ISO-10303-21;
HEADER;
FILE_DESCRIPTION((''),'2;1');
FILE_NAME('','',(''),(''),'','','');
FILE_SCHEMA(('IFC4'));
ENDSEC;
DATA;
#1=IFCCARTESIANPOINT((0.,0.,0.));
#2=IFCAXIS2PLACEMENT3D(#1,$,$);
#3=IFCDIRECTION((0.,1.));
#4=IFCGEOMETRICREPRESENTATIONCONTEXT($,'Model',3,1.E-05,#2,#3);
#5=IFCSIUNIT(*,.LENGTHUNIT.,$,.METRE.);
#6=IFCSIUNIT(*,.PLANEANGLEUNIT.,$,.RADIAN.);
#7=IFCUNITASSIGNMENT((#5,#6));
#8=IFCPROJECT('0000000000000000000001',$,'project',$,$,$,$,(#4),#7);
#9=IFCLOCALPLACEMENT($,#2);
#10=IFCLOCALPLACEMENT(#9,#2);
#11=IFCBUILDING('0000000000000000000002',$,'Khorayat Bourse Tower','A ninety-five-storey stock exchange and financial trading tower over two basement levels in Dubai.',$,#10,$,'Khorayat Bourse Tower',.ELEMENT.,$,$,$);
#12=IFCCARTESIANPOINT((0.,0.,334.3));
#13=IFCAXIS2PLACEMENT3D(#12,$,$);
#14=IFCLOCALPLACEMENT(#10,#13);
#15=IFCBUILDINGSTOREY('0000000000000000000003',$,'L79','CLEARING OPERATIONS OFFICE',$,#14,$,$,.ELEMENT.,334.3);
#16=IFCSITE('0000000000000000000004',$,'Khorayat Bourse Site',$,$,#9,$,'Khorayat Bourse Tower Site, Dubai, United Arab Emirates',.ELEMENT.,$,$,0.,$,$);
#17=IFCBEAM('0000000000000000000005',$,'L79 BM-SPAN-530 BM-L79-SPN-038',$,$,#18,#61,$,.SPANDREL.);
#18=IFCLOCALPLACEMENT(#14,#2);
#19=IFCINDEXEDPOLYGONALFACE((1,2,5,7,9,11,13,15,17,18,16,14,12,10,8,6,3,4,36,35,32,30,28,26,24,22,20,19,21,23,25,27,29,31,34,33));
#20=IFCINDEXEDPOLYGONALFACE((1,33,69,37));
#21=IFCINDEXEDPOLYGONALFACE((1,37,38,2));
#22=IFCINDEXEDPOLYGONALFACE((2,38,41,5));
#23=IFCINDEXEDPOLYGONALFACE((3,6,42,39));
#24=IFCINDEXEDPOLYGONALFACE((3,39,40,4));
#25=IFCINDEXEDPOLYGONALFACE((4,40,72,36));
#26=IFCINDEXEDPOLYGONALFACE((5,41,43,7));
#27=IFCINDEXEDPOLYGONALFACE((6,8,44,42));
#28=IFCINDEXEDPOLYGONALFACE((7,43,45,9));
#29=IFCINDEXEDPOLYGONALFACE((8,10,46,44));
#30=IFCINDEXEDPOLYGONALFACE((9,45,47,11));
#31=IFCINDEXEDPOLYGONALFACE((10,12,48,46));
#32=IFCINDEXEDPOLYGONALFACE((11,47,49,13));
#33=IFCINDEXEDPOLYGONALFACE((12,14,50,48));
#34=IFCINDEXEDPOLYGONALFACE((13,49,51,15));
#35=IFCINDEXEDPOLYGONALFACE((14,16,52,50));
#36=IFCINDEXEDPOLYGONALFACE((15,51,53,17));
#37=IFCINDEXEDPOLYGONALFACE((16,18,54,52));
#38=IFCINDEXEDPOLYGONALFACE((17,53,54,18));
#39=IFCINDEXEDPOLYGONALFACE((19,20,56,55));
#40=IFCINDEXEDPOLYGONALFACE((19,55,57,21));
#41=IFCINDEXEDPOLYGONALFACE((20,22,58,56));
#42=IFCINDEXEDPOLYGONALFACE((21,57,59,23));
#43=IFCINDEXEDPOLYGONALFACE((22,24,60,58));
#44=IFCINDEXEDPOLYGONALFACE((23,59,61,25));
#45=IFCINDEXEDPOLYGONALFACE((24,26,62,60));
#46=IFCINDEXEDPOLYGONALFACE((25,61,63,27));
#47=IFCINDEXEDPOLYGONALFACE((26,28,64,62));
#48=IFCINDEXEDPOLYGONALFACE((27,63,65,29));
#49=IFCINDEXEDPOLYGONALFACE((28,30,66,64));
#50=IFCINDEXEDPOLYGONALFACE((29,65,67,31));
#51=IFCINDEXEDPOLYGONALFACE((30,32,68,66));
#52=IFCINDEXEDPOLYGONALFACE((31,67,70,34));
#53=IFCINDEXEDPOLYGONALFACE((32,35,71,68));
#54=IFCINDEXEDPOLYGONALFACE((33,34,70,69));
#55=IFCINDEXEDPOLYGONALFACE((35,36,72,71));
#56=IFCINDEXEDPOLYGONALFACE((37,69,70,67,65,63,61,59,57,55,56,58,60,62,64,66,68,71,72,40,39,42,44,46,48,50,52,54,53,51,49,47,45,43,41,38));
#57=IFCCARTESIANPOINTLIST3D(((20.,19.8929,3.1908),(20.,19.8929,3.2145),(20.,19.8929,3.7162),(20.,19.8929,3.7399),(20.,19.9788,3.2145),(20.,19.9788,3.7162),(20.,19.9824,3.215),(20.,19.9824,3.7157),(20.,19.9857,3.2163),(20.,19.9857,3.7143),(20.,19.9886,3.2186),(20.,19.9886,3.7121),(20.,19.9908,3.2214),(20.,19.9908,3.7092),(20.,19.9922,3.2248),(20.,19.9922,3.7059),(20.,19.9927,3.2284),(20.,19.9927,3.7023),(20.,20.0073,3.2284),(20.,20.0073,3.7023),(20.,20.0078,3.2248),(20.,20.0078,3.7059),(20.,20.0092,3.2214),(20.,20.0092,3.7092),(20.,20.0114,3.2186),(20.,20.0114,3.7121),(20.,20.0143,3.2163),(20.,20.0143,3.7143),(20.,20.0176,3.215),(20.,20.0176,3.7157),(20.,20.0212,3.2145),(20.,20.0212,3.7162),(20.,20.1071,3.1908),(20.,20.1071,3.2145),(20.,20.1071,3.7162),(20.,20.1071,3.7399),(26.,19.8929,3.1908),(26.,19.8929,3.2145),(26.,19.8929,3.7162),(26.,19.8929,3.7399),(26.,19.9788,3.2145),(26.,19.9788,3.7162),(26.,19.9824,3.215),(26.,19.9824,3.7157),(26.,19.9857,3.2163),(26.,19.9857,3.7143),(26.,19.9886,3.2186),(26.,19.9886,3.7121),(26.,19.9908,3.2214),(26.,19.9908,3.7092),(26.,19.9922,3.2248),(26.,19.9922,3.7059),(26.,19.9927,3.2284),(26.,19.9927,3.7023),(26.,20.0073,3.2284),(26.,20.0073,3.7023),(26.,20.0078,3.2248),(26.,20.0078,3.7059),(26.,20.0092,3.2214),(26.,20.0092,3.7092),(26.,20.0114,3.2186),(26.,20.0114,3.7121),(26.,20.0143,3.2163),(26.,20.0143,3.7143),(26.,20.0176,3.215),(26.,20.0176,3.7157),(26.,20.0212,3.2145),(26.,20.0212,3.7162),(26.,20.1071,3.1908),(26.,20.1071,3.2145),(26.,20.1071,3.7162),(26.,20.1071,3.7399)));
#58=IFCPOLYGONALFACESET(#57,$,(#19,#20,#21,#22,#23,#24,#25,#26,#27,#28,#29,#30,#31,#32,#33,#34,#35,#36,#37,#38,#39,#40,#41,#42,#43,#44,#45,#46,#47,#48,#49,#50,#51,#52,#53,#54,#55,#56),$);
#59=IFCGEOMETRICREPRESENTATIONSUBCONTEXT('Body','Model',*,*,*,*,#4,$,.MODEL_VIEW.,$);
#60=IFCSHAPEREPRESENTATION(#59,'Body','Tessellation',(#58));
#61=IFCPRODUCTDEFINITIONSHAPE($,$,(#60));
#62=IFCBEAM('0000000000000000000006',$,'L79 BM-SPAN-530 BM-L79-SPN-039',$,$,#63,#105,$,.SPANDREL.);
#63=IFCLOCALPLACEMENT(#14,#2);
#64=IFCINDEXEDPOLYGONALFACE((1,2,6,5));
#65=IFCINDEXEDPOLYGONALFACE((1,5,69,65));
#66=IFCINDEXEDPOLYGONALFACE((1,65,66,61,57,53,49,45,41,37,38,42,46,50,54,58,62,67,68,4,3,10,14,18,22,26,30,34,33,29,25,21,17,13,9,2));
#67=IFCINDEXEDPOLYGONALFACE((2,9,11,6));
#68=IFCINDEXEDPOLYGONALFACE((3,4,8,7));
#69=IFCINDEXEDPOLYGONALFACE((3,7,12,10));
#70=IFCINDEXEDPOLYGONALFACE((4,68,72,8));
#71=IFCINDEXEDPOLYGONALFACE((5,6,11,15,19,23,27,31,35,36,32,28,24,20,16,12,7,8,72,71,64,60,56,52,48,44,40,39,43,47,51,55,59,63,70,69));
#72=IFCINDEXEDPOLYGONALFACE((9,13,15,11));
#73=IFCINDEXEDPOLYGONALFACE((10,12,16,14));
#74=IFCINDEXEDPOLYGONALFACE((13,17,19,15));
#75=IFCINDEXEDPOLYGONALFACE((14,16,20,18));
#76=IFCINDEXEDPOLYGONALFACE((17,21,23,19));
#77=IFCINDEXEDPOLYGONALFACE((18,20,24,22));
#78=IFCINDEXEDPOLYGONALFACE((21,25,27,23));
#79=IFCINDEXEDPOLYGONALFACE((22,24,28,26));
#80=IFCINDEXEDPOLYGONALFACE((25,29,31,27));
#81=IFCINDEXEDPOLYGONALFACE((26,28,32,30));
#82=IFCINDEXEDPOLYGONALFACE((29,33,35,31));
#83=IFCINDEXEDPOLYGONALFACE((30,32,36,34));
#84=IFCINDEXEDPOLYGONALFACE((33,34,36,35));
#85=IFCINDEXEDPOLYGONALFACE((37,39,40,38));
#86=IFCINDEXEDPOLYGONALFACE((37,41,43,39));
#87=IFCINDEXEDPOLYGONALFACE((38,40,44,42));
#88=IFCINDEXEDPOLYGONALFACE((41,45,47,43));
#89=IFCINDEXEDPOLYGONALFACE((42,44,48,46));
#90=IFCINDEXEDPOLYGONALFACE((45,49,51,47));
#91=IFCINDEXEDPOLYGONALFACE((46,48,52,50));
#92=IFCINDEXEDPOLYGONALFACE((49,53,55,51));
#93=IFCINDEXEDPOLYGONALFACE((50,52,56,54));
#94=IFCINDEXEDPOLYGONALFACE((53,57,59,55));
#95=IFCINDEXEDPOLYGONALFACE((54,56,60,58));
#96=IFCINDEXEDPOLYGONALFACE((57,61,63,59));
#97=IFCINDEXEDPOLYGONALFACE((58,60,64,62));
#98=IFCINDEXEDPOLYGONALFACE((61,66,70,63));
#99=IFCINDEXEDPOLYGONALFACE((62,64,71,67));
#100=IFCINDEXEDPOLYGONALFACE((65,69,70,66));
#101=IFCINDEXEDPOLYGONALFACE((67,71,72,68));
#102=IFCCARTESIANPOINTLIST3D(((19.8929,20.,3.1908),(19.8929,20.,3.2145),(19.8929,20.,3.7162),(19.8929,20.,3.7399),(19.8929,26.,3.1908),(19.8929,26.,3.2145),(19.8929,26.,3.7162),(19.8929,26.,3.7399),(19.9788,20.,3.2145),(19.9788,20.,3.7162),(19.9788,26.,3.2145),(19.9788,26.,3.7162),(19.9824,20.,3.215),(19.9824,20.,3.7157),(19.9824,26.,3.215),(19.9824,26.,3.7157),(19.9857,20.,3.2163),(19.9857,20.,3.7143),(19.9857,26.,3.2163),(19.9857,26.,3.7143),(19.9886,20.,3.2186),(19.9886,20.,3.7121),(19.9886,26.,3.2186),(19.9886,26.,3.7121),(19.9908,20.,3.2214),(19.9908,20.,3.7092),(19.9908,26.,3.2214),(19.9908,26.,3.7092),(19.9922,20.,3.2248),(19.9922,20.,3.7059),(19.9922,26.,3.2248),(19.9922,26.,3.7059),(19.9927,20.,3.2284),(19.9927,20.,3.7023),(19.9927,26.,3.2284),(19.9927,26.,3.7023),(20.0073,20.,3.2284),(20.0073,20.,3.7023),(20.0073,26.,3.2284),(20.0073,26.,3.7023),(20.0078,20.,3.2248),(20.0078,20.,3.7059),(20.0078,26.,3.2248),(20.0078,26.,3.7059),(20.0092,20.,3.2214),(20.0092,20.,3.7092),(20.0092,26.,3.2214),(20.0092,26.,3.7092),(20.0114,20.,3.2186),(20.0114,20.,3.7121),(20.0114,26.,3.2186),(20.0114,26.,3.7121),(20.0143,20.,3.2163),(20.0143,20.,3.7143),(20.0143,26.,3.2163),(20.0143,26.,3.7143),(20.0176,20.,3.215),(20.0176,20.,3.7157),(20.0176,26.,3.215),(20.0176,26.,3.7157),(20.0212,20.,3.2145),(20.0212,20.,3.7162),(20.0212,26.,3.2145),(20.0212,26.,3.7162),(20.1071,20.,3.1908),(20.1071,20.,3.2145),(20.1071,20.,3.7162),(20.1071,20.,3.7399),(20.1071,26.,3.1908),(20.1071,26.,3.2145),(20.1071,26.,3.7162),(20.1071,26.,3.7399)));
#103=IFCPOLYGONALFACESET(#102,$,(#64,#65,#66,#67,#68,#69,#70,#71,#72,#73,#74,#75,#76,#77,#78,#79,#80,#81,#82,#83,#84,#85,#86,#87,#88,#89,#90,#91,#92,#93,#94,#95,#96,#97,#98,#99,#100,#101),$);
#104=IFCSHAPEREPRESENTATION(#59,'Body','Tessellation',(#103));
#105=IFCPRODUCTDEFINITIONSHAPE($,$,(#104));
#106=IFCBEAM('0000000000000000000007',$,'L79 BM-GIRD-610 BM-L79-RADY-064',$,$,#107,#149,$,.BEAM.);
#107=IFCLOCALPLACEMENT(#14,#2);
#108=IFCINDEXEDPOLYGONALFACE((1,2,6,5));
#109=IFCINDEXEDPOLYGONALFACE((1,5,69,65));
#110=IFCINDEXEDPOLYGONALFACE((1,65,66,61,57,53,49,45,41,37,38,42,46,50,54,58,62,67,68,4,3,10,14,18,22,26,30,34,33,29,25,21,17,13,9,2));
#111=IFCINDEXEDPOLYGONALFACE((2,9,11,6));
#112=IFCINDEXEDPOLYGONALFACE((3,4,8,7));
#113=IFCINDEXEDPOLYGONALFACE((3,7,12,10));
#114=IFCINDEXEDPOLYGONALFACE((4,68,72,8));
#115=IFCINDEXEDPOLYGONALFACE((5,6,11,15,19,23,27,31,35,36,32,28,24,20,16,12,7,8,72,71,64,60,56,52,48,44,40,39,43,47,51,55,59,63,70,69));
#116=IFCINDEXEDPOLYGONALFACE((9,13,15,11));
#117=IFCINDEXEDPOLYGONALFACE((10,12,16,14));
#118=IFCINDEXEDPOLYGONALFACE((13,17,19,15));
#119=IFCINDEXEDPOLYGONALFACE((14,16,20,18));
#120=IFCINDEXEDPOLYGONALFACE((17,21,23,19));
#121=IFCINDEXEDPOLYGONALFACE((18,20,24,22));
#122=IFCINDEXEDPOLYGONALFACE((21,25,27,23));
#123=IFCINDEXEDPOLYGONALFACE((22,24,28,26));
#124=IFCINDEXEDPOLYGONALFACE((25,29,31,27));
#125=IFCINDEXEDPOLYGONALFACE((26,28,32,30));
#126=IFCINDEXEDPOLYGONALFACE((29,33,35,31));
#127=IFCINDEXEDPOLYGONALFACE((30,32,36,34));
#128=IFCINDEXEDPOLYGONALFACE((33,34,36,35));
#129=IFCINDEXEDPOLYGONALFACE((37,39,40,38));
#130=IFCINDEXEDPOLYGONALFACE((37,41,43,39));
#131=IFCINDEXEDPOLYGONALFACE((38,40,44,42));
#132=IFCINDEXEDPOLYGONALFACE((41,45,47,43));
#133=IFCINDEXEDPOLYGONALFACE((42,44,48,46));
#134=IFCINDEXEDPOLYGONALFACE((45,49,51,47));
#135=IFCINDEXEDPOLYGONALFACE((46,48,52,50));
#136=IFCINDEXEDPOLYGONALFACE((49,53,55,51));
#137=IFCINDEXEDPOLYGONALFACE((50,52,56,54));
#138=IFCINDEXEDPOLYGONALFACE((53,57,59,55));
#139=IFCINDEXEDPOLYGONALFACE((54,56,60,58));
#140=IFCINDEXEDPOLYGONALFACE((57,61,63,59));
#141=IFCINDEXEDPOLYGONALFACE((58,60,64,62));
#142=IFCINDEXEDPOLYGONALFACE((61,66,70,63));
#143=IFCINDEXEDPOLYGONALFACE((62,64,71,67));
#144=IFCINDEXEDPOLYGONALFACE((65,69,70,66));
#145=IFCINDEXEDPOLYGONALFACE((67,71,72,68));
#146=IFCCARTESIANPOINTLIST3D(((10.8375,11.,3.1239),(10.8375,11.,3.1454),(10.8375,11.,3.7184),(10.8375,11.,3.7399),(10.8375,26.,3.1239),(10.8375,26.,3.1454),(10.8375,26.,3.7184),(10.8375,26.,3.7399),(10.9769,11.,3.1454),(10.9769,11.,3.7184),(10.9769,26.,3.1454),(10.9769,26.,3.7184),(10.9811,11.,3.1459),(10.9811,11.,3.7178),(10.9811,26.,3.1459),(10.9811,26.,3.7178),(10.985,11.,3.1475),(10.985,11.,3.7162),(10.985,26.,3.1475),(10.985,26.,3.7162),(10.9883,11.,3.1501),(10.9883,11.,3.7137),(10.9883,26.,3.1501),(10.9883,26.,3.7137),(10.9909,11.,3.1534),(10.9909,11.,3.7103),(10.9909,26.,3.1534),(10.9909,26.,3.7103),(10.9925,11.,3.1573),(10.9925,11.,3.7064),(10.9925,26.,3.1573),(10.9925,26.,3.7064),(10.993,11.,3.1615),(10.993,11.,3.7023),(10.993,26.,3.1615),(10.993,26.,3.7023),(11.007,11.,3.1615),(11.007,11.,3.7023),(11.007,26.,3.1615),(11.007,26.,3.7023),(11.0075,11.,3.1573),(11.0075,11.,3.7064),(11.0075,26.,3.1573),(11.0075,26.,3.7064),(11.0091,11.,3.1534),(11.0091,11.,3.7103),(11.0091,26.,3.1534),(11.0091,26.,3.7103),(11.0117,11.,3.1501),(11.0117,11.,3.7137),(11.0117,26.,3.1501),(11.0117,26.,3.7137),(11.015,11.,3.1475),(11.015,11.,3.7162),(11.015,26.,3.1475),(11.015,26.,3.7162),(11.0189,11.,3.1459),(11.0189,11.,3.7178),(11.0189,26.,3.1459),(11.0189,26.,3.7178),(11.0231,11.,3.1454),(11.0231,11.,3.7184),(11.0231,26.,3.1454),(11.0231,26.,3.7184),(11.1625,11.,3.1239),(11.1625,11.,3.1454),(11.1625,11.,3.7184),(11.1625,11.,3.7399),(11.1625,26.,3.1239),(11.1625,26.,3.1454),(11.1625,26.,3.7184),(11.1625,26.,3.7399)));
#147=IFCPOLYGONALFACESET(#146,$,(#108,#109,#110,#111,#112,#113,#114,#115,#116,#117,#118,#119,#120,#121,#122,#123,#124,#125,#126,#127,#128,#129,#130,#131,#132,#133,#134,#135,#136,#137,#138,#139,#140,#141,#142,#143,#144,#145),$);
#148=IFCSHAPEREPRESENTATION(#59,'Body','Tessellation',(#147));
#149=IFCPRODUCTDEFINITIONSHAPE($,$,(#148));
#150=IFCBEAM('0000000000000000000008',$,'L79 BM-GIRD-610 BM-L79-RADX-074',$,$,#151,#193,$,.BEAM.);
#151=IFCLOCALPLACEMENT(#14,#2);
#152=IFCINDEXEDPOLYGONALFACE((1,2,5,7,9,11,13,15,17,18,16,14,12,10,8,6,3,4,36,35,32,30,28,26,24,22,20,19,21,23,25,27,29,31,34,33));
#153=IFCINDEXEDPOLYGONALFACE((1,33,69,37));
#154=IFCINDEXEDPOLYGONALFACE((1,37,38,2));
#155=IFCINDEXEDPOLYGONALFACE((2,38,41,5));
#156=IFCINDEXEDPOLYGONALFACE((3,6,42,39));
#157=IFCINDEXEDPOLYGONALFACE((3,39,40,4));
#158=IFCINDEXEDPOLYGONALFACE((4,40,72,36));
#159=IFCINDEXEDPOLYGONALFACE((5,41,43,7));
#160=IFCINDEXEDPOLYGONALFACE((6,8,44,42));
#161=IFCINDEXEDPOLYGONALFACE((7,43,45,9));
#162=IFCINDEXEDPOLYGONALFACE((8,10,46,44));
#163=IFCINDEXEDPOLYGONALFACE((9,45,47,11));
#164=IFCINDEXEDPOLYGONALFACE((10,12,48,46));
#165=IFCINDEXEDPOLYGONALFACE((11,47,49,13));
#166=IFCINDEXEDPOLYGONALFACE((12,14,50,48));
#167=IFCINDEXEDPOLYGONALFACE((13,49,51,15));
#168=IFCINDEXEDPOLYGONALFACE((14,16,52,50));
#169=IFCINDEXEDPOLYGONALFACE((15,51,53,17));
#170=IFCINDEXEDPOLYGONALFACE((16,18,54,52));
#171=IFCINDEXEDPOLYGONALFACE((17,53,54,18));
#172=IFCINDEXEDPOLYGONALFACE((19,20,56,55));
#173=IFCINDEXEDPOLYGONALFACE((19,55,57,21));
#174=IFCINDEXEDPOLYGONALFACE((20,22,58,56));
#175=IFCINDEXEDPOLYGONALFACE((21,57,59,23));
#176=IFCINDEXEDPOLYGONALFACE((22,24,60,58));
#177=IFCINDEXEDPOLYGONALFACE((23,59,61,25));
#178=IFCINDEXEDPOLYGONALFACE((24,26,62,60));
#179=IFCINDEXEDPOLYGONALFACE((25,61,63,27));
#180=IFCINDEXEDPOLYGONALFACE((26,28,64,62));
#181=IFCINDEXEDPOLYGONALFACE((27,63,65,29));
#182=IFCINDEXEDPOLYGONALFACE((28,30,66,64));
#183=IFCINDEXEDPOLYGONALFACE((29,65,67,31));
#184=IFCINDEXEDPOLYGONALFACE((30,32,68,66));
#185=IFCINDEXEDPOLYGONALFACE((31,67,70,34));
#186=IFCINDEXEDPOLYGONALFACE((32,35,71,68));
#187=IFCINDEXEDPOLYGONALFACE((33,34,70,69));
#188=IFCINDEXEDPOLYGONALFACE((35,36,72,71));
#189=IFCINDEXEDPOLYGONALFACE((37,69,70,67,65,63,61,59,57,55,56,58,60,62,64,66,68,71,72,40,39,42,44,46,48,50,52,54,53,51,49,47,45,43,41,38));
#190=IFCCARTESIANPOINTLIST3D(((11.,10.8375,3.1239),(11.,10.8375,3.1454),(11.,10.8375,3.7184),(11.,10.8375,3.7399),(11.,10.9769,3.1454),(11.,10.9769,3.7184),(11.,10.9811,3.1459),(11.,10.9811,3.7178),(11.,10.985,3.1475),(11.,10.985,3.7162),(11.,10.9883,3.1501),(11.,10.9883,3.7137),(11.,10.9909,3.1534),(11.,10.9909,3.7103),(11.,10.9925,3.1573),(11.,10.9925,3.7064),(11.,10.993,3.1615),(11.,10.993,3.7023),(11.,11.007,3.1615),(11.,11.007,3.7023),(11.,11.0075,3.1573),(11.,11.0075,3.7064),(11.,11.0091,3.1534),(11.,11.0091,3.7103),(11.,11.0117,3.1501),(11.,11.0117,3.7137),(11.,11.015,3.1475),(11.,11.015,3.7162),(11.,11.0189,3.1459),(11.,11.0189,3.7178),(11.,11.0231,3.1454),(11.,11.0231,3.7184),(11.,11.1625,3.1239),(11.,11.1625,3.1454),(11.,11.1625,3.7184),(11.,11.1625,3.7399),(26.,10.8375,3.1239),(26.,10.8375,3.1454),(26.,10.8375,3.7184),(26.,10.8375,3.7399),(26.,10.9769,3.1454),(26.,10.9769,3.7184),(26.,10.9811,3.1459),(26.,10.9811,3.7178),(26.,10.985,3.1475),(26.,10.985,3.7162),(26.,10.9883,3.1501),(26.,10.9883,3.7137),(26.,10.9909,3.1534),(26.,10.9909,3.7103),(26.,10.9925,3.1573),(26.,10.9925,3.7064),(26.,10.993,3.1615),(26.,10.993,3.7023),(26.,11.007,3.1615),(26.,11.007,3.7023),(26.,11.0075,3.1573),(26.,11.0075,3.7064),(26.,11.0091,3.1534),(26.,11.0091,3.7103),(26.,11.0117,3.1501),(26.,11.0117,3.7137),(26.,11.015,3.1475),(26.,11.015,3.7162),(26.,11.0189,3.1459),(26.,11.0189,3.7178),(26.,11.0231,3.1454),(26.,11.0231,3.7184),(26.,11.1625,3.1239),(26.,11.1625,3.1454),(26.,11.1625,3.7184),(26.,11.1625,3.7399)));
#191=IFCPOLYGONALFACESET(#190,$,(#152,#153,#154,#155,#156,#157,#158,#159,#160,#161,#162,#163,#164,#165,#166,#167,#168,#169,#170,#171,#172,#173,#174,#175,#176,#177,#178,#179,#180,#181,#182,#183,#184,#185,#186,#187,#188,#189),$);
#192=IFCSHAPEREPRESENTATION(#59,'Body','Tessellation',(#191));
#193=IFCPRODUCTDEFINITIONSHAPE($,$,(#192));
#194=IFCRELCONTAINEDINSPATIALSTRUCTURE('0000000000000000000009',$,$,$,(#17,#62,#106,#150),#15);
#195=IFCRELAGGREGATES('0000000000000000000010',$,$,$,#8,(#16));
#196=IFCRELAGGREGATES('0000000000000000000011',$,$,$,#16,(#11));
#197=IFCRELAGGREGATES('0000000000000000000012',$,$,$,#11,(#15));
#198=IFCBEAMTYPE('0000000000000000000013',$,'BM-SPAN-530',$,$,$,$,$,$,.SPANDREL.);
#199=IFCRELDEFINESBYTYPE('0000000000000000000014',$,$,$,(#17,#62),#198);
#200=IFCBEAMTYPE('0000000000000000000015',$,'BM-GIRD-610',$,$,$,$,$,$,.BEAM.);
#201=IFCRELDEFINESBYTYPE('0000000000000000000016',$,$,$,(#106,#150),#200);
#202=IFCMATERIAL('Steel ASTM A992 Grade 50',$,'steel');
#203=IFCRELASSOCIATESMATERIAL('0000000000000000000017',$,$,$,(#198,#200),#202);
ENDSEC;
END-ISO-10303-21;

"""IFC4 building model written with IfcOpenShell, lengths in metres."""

from ifc_helpers import new_model, si_unit, direction, frame, origin, origin_2d, place, context, subcontext, project, spatial, i_section, extrude, source, transform, mapped, material, material_profile, profile_set, type_object, element, save


model = new_model("IFC4")

# Units and contexts
model_context = context("Model", 3, precision=1e-05, world=origin(), true_north=direction((0.0, 1.0)))
body_context = subcontext(model_context, "Body", "Model", "MODEL_VIEW")
ifc_project = project(units=[si_unit("LENGTHUNIT", "METRE"), si_unit("PLANEANGLEUNIT", "RADIAN")], contexts=[model_context])

# Site, building, storey
site_placement = place(None, origin())
site = spatial("IfcSite", under=ifc_project, at=site_placement, Name="Khorayat Bourse Site", LongName="Khorayat Bourse Tower Site, Dubai, United Arab Emirates", CompositionType="ELEMENT", RefElevation=0.0)
building_placement = place(site_placement, origin())
building = spatial("IfcBuilding", under=site, at=building_placement, Name="Khorayat Bourse Tower", Description="A ninety-five-storey stock exchange and financial trading tower over two basement levels in Dubai.", LongName="Khorayat Bourse Tower", CompositionType="ELEMENT")
storey_placement = place(building_placement, frame((0.0, 0.0, 334.3)))
storey = spatial("IfcBuildingStorey", under=building, at=storey_placement, Name="L79", Description="CLEARING OPERATIONS OFFICE", CompositionType="ELEMENT", Elevation=334.3)

# Beams
ifc_material_1 = material(Name="Steel ASTM A992 Grade 50", Category="steel")
ifc_material_profile_1 = material_profile(ifc_material_1, i_section(OverallWidth=0.2141, OverallDepth=0.5491, WebThickness=0.0146, FlangeThickness=0.0237, FilletRadius=0.0139, at=origin_2d()), Name="W530X138")
ifc_profile_set_1 = profile_set([ifc_material_profile_1], Name="Steel ASTM A992 Grade 50")
beam_type_1 = type_object("IfcBeamType", Name="BM-SPAN-530", PredefinedType="SPANDREL", material=ifc_profile_set_1)
shared_shape_1 = source(origin(), body_context, "Body", "SweptSolid", [
    extrude(i_section(OverallWidth=0.2141, OverallDepth=0.5491, WebThickness=0.0146, FlangeThickness=0.0237, FilletRadius=0.0139, at=origin_2d()), origin(), (0.0, 0.0, 1.0), 6.0),
])
for number, where, z_axis, x_axis, name in (
    (1, (20.0, 20.0, 3.4653), (1.0, 0.0, 0.0), (0.0, 1.0, 0.0), "L79 BM-SPAN-530 BM-L79-SPN-038"),
    (2, (20.0, 20.0, 3.4653), (0.0, 1.0, 0.0), (-1.0, 0.0, 0.0), "L79 BM-SPAN-530 BM-L79-SPN-039"),
):
    element("IfcBeam", number, at=place(storey_placement, frame(where, z_axis=z_axis, x_axis=x_axis)), inside=storey, type_object=beam_type_1, Name=name, PredefinedType="SPANDREL", context=body_context, shape_type="MappedRepresentation", body=[
        mapped(shared_shape_1, transform((0.0, 0.0, 0.0), scale=1.0)),
    ])
ifc_material_profile_2 = material_profile(ifc_material_1, i_section(OverallWidth=0.325, OverallDepth=0.616, WebThickness=0.0139, FlangeThickness=0.0215, FilletRadius=0.0161, at=origin_2d()), Name="W610X174")
ifc_profile_set_2 = profile_set([ifc_material_profile_2], Name="Steel ASTM A992 Grade 50")
beam_type_2 = type_object("IfcBeamType", Name="BM-GIRD-610", PredefinedType="BEAM", material=ifc_profile_set_2)
shared_shape_2 = source(origin(), body_context, "Body", "SweptSolid", [
    extrude(i_section(OverallWidth=0.325, OverallDepth=0.616, WebThickness=0.0139, FlangeThickness=0.0215, FilletRadius=0.0161, at=origin_2d()), origin(), (0.0, 0.0, 1.0), 15.0),
])
for number, where, z_axis, x_axis, name in (
    (3, (11.0, 11.0, 3.4319), (0.0, 1.0, 0.0), (-1.0, 0.0, 0.0), "L79 BM-GIRD-610 BM-L79-RADY-064"),
    (4, (11.0, 11.0, 3.4319), (1.0, 0.0, 0.0), (0.0, 1.0, 0.0), "L79 BM-GIRD-610 BM-L79-RADX-074"),
):
    element("IfcBeam", number, at=place(storey_placement, frame(where, z_axis=z_axis, x_axis=x_axis)), inside=storey, type_object=beam_type_2, Name=name, PredefinedType="BEAM", context=body_context, shape_type="MappedRepresentation", body=[
        mapped(shared_shape_2, transform((0.0, 0.0, 0.0), scale=1.0)),
    ])

save(model, "model.ifc")
